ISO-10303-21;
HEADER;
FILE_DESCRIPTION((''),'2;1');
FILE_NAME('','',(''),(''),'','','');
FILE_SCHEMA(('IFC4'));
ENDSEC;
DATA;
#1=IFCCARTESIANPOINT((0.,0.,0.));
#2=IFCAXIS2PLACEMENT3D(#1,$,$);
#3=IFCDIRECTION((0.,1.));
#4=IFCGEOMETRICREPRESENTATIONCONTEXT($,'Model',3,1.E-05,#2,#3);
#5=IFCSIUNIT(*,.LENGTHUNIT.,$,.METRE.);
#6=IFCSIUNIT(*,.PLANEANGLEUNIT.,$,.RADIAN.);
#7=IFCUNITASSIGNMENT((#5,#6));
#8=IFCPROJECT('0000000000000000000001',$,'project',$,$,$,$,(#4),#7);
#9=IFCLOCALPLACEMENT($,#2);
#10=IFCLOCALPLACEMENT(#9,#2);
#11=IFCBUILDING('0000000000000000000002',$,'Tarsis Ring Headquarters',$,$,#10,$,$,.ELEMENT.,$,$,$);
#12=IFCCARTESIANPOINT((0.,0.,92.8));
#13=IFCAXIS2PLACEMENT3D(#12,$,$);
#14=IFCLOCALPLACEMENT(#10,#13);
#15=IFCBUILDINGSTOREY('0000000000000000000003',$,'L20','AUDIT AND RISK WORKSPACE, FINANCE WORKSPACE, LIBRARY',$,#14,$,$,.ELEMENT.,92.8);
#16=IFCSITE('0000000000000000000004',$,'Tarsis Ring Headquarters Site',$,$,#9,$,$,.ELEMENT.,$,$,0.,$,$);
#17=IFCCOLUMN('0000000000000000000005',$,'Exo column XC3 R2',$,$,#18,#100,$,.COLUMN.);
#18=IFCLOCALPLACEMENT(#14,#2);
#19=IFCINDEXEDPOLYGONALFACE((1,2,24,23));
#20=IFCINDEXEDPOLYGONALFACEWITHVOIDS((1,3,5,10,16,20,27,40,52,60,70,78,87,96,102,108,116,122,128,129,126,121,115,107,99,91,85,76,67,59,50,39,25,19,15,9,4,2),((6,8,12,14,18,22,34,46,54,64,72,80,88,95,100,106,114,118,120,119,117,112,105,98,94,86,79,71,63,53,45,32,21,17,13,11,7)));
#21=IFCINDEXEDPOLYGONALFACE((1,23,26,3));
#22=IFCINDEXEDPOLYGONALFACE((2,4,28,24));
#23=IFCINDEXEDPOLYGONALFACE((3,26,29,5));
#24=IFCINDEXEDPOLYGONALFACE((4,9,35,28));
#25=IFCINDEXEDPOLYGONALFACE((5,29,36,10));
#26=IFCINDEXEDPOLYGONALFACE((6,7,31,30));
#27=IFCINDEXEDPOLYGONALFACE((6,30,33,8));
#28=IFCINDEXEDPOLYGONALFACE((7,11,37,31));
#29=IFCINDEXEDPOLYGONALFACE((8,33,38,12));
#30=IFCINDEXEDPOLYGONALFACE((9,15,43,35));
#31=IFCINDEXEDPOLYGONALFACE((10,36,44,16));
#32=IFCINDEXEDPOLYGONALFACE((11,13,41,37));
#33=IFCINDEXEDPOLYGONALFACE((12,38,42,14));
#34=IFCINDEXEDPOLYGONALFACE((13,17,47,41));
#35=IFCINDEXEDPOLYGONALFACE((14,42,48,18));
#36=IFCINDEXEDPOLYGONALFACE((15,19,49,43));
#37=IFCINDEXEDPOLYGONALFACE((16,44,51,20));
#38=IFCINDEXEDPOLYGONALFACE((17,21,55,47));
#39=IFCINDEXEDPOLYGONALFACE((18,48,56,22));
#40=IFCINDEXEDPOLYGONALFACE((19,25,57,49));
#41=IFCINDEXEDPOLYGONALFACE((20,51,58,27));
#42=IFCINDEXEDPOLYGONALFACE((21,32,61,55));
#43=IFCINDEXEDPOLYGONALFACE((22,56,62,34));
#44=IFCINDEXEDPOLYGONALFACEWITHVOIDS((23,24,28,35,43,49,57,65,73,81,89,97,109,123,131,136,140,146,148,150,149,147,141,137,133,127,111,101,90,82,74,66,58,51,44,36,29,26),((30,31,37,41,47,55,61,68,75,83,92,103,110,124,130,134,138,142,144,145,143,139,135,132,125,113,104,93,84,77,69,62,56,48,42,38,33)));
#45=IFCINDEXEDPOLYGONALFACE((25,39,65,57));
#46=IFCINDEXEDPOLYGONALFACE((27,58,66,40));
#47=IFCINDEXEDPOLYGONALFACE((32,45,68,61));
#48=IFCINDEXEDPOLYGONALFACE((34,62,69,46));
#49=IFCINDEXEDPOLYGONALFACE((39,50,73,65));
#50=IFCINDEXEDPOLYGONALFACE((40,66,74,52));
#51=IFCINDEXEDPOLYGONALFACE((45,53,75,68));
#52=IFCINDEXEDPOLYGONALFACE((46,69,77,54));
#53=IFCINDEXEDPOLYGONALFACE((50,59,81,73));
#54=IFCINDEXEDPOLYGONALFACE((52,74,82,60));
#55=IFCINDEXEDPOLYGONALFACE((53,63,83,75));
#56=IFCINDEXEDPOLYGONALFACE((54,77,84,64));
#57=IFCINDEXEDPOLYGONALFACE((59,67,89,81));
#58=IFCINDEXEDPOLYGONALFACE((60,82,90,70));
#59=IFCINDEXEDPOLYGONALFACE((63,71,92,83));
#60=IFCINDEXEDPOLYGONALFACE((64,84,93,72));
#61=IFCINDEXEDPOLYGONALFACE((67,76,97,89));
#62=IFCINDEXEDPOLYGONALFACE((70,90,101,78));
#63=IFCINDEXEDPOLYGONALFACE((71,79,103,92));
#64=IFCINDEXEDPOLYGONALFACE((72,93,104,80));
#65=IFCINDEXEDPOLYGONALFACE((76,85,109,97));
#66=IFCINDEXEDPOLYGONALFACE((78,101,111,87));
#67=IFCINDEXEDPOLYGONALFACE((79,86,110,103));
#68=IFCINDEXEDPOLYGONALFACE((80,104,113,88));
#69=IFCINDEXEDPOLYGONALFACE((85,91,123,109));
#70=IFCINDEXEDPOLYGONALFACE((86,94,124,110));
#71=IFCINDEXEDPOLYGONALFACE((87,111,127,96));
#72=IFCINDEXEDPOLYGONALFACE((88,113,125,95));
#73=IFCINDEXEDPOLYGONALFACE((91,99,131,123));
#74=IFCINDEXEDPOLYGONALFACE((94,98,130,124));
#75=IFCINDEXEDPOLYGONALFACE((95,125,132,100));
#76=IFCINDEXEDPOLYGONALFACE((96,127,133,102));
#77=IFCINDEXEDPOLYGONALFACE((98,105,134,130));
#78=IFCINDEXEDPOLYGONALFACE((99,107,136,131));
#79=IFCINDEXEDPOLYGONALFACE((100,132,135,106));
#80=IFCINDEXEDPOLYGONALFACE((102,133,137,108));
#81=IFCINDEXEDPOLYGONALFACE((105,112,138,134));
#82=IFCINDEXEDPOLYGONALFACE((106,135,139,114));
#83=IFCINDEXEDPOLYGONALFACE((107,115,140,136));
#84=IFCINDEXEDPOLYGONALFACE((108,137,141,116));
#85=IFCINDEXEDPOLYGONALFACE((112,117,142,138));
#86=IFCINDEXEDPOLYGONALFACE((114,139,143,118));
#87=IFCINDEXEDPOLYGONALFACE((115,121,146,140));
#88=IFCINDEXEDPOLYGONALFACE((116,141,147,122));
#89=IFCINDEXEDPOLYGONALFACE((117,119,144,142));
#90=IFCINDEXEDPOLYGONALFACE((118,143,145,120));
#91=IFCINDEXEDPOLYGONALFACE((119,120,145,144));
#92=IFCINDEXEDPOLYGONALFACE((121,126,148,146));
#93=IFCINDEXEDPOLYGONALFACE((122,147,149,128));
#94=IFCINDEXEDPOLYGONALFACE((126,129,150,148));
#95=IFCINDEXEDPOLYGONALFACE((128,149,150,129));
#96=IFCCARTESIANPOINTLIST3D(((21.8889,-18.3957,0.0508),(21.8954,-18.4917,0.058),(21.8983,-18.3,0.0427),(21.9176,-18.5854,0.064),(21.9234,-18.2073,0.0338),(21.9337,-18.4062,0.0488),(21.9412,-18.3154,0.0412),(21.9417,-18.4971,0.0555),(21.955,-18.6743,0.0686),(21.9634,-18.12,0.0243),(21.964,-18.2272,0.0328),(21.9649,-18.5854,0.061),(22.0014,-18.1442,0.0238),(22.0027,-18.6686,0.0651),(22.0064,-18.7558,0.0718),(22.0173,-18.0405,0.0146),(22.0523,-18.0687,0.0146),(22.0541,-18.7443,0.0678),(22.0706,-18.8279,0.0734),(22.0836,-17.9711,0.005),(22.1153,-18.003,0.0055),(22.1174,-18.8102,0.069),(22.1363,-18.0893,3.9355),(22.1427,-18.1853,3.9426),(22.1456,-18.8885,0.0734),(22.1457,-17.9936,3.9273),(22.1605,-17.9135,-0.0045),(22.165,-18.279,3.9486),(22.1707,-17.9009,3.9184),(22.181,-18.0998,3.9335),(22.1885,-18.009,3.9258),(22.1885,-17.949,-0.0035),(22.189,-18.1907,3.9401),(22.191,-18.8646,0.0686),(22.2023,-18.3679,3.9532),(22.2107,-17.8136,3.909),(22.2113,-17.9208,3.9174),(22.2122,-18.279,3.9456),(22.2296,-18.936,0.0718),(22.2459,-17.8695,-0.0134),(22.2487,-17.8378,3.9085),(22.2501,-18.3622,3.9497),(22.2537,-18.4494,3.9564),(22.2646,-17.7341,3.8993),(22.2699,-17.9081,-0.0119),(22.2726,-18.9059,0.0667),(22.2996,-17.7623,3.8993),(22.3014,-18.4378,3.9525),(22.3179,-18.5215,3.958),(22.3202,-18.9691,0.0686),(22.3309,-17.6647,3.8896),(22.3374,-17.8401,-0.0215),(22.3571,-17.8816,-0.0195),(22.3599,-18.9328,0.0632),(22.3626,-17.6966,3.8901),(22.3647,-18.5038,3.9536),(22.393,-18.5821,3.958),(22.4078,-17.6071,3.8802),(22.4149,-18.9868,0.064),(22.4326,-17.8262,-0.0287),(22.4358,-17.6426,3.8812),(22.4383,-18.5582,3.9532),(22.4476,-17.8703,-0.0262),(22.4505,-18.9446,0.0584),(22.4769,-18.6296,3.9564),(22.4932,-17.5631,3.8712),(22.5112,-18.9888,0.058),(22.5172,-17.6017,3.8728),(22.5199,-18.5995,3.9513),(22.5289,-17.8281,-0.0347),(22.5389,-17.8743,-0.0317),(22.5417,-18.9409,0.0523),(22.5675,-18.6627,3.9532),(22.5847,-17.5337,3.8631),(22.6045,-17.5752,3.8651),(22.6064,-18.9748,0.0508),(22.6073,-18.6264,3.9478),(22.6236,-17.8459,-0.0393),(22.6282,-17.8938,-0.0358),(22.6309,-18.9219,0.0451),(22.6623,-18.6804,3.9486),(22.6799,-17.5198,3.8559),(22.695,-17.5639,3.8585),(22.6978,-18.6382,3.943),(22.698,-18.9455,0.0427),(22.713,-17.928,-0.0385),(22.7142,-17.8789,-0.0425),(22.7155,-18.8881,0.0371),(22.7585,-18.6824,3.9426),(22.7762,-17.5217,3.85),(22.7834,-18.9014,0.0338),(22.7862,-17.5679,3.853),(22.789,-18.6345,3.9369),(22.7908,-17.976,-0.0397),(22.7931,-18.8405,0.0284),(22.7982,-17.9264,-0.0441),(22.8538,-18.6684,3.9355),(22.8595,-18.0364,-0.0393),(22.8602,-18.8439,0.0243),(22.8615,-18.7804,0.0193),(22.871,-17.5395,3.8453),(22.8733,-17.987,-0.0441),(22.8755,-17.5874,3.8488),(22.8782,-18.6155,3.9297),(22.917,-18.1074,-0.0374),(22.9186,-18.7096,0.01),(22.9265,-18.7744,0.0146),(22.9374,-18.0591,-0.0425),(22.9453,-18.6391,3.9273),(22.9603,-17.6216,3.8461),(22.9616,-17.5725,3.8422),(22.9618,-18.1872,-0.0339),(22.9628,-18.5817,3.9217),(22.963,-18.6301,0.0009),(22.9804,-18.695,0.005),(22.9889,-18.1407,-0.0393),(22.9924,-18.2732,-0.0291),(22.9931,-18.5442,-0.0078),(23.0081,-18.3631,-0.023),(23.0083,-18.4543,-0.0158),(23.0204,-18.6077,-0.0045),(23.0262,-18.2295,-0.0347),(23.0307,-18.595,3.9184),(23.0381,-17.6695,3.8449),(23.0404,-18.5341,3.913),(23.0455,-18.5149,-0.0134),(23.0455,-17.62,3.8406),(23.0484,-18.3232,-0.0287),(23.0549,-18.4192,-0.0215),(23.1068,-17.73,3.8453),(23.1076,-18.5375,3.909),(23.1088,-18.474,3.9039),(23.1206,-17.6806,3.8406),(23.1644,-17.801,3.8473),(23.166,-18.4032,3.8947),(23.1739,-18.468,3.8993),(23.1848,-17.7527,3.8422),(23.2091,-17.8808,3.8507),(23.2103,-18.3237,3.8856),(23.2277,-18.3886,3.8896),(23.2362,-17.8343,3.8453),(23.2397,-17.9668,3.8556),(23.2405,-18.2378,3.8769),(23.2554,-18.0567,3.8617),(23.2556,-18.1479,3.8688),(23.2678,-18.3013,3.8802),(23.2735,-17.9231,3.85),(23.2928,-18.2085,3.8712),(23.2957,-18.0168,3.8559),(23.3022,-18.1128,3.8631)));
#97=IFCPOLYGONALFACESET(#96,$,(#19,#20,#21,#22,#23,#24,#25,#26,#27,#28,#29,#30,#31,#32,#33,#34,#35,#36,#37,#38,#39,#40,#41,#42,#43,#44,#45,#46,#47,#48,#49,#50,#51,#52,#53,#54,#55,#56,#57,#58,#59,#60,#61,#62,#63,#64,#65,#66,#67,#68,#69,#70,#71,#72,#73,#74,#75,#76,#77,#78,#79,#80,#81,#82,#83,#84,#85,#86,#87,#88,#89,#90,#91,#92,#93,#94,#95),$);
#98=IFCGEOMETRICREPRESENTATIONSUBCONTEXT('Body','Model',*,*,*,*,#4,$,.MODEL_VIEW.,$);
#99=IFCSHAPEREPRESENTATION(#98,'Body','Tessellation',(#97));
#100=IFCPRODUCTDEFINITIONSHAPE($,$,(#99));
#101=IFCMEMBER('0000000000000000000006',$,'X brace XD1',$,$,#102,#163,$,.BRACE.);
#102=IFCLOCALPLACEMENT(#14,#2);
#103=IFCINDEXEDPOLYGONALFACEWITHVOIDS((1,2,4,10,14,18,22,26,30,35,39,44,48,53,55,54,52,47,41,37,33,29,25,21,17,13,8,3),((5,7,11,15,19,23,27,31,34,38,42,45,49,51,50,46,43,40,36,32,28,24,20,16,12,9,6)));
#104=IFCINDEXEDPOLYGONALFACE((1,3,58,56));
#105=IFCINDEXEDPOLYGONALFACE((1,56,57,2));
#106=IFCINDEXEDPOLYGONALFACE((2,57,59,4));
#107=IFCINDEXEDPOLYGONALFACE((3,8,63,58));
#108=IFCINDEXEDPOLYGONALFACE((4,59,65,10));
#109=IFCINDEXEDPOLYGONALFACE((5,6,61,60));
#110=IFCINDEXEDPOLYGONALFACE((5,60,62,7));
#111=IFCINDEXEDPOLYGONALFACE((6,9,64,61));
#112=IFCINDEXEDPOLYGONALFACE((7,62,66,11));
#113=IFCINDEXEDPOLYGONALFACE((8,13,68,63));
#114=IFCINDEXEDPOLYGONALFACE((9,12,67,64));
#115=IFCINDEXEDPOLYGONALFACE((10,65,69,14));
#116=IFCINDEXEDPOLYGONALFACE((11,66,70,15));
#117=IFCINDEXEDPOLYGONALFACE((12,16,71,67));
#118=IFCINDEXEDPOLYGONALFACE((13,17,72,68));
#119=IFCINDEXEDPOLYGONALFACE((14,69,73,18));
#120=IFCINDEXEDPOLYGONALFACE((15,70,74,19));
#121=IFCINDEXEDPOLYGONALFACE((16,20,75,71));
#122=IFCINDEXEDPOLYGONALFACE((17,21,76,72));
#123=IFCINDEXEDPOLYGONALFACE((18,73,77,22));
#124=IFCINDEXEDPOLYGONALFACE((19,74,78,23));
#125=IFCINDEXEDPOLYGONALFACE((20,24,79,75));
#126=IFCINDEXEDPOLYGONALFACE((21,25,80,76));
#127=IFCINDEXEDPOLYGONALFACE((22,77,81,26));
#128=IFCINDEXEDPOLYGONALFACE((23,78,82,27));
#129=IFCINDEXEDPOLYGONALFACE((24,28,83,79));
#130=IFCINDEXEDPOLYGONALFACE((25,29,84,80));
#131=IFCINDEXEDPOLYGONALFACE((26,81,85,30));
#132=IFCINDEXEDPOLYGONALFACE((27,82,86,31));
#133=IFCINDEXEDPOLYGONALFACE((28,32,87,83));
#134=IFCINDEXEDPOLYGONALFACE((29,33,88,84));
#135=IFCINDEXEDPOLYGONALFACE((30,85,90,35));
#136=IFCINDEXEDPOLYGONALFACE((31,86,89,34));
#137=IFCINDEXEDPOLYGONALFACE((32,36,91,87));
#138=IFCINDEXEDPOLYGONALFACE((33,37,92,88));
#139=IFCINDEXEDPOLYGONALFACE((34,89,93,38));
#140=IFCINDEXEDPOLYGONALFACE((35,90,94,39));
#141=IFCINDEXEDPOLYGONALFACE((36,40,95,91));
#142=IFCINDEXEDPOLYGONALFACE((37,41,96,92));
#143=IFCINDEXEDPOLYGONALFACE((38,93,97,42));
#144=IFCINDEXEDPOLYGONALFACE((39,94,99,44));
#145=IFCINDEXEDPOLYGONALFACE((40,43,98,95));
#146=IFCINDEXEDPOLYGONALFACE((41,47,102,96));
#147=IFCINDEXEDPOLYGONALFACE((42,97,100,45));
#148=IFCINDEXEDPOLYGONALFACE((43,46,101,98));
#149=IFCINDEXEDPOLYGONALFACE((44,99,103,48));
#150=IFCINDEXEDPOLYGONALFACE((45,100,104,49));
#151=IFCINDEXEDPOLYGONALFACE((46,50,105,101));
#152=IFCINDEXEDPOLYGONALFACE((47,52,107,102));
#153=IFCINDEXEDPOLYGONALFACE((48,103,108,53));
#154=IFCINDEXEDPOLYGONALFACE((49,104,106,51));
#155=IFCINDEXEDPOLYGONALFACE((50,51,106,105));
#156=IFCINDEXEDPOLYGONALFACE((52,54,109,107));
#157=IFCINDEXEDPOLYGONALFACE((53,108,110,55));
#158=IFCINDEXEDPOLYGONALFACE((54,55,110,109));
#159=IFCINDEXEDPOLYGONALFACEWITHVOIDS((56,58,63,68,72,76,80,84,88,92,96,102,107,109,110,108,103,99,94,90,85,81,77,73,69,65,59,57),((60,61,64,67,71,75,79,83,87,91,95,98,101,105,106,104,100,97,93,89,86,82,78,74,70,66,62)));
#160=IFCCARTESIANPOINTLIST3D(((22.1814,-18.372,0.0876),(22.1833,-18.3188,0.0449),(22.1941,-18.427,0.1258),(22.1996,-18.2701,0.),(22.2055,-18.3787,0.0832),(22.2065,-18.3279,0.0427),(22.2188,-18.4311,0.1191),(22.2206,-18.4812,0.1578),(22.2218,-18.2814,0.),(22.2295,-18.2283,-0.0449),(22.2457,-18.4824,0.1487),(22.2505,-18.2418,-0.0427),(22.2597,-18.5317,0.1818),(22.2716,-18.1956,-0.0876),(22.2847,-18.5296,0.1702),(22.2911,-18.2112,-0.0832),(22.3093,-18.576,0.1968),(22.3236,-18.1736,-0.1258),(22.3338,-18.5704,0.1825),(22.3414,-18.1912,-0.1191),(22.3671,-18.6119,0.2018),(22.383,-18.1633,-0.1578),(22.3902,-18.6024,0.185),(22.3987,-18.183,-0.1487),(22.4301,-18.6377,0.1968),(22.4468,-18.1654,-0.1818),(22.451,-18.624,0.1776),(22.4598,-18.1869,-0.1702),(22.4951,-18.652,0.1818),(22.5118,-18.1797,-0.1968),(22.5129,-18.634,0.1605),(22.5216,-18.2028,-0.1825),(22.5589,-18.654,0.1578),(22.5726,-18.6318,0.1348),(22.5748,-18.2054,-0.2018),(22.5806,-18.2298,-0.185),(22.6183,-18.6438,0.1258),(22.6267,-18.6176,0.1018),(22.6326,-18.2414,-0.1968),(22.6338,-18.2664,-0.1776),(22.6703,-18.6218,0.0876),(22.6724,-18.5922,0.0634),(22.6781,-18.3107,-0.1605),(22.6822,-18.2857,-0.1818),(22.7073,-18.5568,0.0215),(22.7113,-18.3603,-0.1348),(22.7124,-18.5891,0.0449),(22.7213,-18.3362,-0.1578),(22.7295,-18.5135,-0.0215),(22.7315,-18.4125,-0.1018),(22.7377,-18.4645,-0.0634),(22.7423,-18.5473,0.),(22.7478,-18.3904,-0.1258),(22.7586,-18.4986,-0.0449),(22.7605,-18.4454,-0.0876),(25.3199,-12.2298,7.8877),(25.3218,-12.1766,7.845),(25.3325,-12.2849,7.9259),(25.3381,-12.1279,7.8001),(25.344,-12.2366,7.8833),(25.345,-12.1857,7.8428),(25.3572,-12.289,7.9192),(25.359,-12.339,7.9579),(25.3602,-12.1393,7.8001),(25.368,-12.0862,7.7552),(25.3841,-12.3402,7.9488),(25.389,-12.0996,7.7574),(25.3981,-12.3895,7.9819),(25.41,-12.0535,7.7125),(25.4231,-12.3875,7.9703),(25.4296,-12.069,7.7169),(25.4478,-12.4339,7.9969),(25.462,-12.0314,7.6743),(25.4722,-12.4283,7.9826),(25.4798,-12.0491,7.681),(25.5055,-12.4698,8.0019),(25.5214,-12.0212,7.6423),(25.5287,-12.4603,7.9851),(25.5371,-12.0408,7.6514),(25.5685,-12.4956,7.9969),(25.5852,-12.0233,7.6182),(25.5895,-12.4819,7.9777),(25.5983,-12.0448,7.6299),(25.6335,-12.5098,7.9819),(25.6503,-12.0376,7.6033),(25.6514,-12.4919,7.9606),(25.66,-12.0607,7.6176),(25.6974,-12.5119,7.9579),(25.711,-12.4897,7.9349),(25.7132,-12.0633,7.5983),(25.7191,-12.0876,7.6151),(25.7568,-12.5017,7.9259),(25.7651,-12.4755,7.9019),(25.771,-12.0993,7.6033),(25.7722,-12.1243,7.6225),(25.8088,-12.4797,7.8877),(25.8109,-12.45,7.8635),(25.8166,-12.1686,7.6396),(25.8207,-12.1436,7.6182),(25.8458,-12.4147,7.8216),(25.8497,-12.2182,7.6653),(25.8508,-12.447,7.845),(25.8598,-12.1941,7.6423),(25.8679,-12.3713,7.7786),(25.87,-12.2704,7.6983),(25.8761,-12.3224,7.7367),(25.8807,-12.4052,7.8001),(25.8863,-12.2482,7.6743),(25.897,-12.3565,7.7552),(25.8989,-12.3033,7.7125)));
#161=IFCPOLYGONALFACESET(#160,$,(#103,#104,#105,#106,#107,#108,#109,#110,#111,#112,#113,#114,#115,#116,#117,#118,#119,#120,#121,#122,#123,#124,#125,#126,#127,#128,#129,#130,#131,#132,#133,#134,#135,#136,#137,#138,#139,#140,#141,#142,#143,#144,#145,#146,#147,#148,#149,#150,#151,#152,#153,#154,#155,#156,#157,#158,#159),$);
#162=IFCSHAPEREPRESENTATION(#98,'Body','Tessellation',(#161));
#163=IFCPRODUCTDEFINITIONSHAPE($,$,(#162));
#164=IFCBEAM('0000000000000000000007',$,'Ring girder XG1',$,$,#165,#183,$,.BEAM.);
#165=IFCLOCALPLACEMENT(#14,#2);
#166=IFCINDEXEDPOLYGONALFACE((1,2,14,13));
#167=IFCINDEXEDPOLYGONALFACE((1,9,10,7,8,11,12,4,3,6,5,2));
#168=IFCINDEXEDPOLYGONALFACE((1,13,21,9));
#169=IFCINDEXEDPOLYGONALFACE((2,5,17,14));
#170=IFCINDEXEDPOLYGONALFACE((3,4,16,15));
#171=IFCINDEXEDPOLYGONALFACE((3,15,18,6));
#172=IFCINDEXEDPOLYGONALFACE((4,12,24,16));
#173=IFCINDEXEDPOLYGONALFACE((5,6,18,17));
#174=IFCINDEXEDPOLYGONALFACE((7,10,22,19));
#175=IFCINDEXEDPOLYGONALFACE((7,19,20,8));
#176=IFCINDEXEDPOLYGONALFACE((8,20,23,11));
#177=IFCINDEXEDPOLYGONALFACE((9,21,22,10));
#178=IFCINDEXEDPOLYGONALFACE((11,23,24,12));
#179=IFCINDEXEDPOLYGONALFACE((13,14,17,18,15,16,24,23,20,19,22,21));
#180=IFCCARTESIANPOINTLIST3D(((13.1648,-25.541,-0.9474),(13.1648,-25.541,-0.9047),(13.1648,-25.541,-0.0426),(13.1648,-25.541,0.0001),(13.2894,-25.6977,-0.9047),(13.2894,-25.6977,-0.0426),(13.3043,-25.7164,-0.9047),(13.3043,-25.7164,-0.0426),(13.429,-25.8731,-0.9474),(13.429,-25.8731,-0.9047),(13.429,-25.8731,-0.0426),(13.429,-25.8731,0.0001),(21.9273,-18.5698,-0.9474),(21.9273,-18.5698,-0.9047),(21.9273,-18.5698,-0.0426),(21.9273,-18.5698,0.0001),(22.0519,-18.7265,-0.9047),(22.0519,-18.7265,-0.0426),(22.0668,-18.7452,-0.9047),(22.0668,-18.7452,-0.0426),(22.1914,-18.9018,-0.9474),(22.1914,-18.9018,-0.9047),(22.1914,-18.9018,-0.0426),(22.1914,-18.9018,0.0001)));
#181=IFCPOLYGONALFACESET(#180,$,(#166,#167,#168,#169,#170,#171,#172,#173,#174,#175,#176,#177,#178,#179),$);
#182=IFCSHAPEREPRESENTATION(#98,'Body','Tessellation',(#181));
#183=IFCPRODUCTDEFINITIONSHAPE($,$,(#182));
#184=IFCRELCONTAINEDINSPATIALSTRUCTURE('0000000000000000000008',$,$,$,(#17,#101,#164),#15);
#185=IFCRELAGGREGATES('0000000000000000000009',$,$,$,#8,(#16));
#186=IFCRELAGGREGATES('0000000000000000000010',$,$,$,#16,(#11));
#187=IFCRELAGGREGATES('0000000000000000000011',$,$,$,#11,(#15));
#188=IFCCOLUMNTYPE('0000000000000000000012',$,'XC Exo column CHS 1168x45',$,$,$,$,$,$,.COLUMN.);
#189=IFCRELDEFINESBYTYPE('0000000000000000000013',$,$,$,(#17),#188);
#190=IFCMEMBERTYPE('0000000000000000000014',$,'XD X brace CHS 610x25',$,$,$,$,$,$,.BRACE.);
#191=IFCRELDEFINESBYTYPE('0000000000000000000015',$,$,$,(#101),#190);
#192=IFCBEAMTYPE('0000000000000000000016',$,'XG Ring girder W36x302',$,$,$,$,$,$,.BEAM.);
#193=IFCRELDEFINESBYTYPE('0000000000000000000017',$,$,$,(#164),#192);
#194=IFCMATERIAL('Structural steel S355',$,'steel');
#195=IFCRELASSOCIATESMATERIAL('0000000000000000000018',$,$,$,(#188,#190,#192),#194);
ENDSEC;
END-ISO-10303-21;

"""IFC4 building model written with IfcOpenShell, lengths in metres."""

from ifc_helpers import new_model, si_unit, direction, frame, origin, origin_2d, place, context, subcontext, project, spatial, hollow_circle, i_section, extrude, material, material_profile, profile_set, type_object, element, save


model = new_model("IFC4")

# Units and contexts
model_context = context("Model", 3, precision=1e-05, world=origin(), true_north=direction((0.0, 1.0)))
body_context = subcontext(model_context, "Body", "Model", "MODEL_VIEW")
ifc_project = project(units=[si_unit("LENGTHUNIT", "METRE"), si_unit("PLANEANGLEUNIT", "RADIAN")], contexts=[model_context])

# Site, building, storey
site_placement = place(None, origin())
site = spatial("IfcSite", under=ifc_project, at=site_placement, Name="Tarsis Ring Headquarters Site", CompositionType="ELEMENT", RefElevation=0.0)
building_placement = place(site_placement, origin())
building = spatial("IfcBuilding", under=site, at=building_placement, Name="Tarsis Ring Headquarters", CompositionType="ELEMENT")
storey_placement = place(building_placement, frame((0.0, 0.0, 92.8)))
storey = spatial("IfcBuildingStorey", under=building, at=storey_placement, Name="L20", Description="AUDIT AND RISK WORKSPACE, FINANCE WORKSPACE, LIBRARY", CompositionType="ELEMENT", Elevation=92.8)

# Column
ifc_material_1 = material(Name="Structural steel S355", Category="steel")
ifc_material_profile_1 = material_profile(ifc_material_1, hollow_circle(Radius=0.5842, WallThickness=0.0449, at=origin_2d()), Name="CHS 1168x45")
ifc_profile_set_1 = profile_set([ifc_material_profile_1], Name="Structural steel S355")
column_type = type_object("IfcColumnType", Name="XC Exo column CHS 1168x45", PredefinedType="COLUMN", material=ifc_profile_set_1)
column_placement = place(storey_placement, frame((22.4719, -18.4075, 0.0146), z_axis=(0.063342, 0.078474, 0.994902), x_axis=(-0.778139, 0.628092, 0.0)))
element("IfcColumn", 1, at=column_placement, inside=storey, type_object=column_type, Name="Exo column XC3 R2", PredefinedType="COLUMN", context=body_context, shape_type="SweptSolid", body=[
    extrude(hollow_circle(Radius=0.5842, WallThickness=0.0449, at=origin_2d()), origin(), (0.0, 0.0, 1.0), 3.9045),
])

# Member
ifc_material_profile_2 = material_profile(ifc_material_1, hollow_circle(Radius=0.3047, WallThickness=0.0249, at=origin_2d()), Name="CHS 610x25")
ifc_profile_set_2 = profile_set([ifc_material_profile_2], Name="Structural steel S355")
member_type = type_object("IfcMemberType", Name="XD X brace CHS 610x25", PredefinedType="BRACE", material=ifc_profile_set_2)
member_placement = place(storey_placement, frame((22.4709, -18.4087, 0.0), z_axis=(0.301416, 0.589889, 0.74912), x_axis=(-0.890485, 0.455012, 0.0)))
element("IfcMember", 2, at=member_placement, inside=storey, type_object=member_type, Name="X brace XD1", PredefinedType="BRACE", context=body_context, shape_type="SweptSolid", body=[
    extrude(hollow_circle(Radius=0.3047, WallThickness=0.0249, at=origin_2d()), origin(), (0.0, 0.0, 1.0), 10.4124),
])

# Beam
ifc_material_profile_3 = material_profile(ifc_material_1, i_section(OverallWidth=0.4243, OverallDepth=0.9475, WebThickness=0.0239, FlangeThickness=0.0427, at=origin_2d()), Name="W36x302")
ifc_profile_set_3 = profile_set([ifc_material_profile_3], Name="Structural steel S355")
beam_type = type_object("IfcBeamType", Name="XG Ring girder W36x302", PredefinedType="BEAM", material=ifc_profile_set_3)
for number, where, z_axis, x_axis, name in (
    (3, (13.2969, -25.707, -0.4736), (0.782555, 0.622582, 0.0), (-0.622582, 0.782555, 0.0), "Ring girder XG1"),
):
    element("IfcBeam", number, at=place(storey_placement, frame(where, z_axis=z_axis, x_axis=x_axis)), inside=storey, type_object=beam_type, Name=name, PredefinedType="BEAM", context=body_context, shape_type="SweptSolid", body=[
        extrude(i_section(OverallWidth=0.4243, OverallDepth=0.9475, WebThickness=0.0239, FlangeThickness=0.0427, at=origin_2d()), origin(), (0.0, 0.0, 1.0), 11.1973),
    ])

save(model, "model.ifc")
